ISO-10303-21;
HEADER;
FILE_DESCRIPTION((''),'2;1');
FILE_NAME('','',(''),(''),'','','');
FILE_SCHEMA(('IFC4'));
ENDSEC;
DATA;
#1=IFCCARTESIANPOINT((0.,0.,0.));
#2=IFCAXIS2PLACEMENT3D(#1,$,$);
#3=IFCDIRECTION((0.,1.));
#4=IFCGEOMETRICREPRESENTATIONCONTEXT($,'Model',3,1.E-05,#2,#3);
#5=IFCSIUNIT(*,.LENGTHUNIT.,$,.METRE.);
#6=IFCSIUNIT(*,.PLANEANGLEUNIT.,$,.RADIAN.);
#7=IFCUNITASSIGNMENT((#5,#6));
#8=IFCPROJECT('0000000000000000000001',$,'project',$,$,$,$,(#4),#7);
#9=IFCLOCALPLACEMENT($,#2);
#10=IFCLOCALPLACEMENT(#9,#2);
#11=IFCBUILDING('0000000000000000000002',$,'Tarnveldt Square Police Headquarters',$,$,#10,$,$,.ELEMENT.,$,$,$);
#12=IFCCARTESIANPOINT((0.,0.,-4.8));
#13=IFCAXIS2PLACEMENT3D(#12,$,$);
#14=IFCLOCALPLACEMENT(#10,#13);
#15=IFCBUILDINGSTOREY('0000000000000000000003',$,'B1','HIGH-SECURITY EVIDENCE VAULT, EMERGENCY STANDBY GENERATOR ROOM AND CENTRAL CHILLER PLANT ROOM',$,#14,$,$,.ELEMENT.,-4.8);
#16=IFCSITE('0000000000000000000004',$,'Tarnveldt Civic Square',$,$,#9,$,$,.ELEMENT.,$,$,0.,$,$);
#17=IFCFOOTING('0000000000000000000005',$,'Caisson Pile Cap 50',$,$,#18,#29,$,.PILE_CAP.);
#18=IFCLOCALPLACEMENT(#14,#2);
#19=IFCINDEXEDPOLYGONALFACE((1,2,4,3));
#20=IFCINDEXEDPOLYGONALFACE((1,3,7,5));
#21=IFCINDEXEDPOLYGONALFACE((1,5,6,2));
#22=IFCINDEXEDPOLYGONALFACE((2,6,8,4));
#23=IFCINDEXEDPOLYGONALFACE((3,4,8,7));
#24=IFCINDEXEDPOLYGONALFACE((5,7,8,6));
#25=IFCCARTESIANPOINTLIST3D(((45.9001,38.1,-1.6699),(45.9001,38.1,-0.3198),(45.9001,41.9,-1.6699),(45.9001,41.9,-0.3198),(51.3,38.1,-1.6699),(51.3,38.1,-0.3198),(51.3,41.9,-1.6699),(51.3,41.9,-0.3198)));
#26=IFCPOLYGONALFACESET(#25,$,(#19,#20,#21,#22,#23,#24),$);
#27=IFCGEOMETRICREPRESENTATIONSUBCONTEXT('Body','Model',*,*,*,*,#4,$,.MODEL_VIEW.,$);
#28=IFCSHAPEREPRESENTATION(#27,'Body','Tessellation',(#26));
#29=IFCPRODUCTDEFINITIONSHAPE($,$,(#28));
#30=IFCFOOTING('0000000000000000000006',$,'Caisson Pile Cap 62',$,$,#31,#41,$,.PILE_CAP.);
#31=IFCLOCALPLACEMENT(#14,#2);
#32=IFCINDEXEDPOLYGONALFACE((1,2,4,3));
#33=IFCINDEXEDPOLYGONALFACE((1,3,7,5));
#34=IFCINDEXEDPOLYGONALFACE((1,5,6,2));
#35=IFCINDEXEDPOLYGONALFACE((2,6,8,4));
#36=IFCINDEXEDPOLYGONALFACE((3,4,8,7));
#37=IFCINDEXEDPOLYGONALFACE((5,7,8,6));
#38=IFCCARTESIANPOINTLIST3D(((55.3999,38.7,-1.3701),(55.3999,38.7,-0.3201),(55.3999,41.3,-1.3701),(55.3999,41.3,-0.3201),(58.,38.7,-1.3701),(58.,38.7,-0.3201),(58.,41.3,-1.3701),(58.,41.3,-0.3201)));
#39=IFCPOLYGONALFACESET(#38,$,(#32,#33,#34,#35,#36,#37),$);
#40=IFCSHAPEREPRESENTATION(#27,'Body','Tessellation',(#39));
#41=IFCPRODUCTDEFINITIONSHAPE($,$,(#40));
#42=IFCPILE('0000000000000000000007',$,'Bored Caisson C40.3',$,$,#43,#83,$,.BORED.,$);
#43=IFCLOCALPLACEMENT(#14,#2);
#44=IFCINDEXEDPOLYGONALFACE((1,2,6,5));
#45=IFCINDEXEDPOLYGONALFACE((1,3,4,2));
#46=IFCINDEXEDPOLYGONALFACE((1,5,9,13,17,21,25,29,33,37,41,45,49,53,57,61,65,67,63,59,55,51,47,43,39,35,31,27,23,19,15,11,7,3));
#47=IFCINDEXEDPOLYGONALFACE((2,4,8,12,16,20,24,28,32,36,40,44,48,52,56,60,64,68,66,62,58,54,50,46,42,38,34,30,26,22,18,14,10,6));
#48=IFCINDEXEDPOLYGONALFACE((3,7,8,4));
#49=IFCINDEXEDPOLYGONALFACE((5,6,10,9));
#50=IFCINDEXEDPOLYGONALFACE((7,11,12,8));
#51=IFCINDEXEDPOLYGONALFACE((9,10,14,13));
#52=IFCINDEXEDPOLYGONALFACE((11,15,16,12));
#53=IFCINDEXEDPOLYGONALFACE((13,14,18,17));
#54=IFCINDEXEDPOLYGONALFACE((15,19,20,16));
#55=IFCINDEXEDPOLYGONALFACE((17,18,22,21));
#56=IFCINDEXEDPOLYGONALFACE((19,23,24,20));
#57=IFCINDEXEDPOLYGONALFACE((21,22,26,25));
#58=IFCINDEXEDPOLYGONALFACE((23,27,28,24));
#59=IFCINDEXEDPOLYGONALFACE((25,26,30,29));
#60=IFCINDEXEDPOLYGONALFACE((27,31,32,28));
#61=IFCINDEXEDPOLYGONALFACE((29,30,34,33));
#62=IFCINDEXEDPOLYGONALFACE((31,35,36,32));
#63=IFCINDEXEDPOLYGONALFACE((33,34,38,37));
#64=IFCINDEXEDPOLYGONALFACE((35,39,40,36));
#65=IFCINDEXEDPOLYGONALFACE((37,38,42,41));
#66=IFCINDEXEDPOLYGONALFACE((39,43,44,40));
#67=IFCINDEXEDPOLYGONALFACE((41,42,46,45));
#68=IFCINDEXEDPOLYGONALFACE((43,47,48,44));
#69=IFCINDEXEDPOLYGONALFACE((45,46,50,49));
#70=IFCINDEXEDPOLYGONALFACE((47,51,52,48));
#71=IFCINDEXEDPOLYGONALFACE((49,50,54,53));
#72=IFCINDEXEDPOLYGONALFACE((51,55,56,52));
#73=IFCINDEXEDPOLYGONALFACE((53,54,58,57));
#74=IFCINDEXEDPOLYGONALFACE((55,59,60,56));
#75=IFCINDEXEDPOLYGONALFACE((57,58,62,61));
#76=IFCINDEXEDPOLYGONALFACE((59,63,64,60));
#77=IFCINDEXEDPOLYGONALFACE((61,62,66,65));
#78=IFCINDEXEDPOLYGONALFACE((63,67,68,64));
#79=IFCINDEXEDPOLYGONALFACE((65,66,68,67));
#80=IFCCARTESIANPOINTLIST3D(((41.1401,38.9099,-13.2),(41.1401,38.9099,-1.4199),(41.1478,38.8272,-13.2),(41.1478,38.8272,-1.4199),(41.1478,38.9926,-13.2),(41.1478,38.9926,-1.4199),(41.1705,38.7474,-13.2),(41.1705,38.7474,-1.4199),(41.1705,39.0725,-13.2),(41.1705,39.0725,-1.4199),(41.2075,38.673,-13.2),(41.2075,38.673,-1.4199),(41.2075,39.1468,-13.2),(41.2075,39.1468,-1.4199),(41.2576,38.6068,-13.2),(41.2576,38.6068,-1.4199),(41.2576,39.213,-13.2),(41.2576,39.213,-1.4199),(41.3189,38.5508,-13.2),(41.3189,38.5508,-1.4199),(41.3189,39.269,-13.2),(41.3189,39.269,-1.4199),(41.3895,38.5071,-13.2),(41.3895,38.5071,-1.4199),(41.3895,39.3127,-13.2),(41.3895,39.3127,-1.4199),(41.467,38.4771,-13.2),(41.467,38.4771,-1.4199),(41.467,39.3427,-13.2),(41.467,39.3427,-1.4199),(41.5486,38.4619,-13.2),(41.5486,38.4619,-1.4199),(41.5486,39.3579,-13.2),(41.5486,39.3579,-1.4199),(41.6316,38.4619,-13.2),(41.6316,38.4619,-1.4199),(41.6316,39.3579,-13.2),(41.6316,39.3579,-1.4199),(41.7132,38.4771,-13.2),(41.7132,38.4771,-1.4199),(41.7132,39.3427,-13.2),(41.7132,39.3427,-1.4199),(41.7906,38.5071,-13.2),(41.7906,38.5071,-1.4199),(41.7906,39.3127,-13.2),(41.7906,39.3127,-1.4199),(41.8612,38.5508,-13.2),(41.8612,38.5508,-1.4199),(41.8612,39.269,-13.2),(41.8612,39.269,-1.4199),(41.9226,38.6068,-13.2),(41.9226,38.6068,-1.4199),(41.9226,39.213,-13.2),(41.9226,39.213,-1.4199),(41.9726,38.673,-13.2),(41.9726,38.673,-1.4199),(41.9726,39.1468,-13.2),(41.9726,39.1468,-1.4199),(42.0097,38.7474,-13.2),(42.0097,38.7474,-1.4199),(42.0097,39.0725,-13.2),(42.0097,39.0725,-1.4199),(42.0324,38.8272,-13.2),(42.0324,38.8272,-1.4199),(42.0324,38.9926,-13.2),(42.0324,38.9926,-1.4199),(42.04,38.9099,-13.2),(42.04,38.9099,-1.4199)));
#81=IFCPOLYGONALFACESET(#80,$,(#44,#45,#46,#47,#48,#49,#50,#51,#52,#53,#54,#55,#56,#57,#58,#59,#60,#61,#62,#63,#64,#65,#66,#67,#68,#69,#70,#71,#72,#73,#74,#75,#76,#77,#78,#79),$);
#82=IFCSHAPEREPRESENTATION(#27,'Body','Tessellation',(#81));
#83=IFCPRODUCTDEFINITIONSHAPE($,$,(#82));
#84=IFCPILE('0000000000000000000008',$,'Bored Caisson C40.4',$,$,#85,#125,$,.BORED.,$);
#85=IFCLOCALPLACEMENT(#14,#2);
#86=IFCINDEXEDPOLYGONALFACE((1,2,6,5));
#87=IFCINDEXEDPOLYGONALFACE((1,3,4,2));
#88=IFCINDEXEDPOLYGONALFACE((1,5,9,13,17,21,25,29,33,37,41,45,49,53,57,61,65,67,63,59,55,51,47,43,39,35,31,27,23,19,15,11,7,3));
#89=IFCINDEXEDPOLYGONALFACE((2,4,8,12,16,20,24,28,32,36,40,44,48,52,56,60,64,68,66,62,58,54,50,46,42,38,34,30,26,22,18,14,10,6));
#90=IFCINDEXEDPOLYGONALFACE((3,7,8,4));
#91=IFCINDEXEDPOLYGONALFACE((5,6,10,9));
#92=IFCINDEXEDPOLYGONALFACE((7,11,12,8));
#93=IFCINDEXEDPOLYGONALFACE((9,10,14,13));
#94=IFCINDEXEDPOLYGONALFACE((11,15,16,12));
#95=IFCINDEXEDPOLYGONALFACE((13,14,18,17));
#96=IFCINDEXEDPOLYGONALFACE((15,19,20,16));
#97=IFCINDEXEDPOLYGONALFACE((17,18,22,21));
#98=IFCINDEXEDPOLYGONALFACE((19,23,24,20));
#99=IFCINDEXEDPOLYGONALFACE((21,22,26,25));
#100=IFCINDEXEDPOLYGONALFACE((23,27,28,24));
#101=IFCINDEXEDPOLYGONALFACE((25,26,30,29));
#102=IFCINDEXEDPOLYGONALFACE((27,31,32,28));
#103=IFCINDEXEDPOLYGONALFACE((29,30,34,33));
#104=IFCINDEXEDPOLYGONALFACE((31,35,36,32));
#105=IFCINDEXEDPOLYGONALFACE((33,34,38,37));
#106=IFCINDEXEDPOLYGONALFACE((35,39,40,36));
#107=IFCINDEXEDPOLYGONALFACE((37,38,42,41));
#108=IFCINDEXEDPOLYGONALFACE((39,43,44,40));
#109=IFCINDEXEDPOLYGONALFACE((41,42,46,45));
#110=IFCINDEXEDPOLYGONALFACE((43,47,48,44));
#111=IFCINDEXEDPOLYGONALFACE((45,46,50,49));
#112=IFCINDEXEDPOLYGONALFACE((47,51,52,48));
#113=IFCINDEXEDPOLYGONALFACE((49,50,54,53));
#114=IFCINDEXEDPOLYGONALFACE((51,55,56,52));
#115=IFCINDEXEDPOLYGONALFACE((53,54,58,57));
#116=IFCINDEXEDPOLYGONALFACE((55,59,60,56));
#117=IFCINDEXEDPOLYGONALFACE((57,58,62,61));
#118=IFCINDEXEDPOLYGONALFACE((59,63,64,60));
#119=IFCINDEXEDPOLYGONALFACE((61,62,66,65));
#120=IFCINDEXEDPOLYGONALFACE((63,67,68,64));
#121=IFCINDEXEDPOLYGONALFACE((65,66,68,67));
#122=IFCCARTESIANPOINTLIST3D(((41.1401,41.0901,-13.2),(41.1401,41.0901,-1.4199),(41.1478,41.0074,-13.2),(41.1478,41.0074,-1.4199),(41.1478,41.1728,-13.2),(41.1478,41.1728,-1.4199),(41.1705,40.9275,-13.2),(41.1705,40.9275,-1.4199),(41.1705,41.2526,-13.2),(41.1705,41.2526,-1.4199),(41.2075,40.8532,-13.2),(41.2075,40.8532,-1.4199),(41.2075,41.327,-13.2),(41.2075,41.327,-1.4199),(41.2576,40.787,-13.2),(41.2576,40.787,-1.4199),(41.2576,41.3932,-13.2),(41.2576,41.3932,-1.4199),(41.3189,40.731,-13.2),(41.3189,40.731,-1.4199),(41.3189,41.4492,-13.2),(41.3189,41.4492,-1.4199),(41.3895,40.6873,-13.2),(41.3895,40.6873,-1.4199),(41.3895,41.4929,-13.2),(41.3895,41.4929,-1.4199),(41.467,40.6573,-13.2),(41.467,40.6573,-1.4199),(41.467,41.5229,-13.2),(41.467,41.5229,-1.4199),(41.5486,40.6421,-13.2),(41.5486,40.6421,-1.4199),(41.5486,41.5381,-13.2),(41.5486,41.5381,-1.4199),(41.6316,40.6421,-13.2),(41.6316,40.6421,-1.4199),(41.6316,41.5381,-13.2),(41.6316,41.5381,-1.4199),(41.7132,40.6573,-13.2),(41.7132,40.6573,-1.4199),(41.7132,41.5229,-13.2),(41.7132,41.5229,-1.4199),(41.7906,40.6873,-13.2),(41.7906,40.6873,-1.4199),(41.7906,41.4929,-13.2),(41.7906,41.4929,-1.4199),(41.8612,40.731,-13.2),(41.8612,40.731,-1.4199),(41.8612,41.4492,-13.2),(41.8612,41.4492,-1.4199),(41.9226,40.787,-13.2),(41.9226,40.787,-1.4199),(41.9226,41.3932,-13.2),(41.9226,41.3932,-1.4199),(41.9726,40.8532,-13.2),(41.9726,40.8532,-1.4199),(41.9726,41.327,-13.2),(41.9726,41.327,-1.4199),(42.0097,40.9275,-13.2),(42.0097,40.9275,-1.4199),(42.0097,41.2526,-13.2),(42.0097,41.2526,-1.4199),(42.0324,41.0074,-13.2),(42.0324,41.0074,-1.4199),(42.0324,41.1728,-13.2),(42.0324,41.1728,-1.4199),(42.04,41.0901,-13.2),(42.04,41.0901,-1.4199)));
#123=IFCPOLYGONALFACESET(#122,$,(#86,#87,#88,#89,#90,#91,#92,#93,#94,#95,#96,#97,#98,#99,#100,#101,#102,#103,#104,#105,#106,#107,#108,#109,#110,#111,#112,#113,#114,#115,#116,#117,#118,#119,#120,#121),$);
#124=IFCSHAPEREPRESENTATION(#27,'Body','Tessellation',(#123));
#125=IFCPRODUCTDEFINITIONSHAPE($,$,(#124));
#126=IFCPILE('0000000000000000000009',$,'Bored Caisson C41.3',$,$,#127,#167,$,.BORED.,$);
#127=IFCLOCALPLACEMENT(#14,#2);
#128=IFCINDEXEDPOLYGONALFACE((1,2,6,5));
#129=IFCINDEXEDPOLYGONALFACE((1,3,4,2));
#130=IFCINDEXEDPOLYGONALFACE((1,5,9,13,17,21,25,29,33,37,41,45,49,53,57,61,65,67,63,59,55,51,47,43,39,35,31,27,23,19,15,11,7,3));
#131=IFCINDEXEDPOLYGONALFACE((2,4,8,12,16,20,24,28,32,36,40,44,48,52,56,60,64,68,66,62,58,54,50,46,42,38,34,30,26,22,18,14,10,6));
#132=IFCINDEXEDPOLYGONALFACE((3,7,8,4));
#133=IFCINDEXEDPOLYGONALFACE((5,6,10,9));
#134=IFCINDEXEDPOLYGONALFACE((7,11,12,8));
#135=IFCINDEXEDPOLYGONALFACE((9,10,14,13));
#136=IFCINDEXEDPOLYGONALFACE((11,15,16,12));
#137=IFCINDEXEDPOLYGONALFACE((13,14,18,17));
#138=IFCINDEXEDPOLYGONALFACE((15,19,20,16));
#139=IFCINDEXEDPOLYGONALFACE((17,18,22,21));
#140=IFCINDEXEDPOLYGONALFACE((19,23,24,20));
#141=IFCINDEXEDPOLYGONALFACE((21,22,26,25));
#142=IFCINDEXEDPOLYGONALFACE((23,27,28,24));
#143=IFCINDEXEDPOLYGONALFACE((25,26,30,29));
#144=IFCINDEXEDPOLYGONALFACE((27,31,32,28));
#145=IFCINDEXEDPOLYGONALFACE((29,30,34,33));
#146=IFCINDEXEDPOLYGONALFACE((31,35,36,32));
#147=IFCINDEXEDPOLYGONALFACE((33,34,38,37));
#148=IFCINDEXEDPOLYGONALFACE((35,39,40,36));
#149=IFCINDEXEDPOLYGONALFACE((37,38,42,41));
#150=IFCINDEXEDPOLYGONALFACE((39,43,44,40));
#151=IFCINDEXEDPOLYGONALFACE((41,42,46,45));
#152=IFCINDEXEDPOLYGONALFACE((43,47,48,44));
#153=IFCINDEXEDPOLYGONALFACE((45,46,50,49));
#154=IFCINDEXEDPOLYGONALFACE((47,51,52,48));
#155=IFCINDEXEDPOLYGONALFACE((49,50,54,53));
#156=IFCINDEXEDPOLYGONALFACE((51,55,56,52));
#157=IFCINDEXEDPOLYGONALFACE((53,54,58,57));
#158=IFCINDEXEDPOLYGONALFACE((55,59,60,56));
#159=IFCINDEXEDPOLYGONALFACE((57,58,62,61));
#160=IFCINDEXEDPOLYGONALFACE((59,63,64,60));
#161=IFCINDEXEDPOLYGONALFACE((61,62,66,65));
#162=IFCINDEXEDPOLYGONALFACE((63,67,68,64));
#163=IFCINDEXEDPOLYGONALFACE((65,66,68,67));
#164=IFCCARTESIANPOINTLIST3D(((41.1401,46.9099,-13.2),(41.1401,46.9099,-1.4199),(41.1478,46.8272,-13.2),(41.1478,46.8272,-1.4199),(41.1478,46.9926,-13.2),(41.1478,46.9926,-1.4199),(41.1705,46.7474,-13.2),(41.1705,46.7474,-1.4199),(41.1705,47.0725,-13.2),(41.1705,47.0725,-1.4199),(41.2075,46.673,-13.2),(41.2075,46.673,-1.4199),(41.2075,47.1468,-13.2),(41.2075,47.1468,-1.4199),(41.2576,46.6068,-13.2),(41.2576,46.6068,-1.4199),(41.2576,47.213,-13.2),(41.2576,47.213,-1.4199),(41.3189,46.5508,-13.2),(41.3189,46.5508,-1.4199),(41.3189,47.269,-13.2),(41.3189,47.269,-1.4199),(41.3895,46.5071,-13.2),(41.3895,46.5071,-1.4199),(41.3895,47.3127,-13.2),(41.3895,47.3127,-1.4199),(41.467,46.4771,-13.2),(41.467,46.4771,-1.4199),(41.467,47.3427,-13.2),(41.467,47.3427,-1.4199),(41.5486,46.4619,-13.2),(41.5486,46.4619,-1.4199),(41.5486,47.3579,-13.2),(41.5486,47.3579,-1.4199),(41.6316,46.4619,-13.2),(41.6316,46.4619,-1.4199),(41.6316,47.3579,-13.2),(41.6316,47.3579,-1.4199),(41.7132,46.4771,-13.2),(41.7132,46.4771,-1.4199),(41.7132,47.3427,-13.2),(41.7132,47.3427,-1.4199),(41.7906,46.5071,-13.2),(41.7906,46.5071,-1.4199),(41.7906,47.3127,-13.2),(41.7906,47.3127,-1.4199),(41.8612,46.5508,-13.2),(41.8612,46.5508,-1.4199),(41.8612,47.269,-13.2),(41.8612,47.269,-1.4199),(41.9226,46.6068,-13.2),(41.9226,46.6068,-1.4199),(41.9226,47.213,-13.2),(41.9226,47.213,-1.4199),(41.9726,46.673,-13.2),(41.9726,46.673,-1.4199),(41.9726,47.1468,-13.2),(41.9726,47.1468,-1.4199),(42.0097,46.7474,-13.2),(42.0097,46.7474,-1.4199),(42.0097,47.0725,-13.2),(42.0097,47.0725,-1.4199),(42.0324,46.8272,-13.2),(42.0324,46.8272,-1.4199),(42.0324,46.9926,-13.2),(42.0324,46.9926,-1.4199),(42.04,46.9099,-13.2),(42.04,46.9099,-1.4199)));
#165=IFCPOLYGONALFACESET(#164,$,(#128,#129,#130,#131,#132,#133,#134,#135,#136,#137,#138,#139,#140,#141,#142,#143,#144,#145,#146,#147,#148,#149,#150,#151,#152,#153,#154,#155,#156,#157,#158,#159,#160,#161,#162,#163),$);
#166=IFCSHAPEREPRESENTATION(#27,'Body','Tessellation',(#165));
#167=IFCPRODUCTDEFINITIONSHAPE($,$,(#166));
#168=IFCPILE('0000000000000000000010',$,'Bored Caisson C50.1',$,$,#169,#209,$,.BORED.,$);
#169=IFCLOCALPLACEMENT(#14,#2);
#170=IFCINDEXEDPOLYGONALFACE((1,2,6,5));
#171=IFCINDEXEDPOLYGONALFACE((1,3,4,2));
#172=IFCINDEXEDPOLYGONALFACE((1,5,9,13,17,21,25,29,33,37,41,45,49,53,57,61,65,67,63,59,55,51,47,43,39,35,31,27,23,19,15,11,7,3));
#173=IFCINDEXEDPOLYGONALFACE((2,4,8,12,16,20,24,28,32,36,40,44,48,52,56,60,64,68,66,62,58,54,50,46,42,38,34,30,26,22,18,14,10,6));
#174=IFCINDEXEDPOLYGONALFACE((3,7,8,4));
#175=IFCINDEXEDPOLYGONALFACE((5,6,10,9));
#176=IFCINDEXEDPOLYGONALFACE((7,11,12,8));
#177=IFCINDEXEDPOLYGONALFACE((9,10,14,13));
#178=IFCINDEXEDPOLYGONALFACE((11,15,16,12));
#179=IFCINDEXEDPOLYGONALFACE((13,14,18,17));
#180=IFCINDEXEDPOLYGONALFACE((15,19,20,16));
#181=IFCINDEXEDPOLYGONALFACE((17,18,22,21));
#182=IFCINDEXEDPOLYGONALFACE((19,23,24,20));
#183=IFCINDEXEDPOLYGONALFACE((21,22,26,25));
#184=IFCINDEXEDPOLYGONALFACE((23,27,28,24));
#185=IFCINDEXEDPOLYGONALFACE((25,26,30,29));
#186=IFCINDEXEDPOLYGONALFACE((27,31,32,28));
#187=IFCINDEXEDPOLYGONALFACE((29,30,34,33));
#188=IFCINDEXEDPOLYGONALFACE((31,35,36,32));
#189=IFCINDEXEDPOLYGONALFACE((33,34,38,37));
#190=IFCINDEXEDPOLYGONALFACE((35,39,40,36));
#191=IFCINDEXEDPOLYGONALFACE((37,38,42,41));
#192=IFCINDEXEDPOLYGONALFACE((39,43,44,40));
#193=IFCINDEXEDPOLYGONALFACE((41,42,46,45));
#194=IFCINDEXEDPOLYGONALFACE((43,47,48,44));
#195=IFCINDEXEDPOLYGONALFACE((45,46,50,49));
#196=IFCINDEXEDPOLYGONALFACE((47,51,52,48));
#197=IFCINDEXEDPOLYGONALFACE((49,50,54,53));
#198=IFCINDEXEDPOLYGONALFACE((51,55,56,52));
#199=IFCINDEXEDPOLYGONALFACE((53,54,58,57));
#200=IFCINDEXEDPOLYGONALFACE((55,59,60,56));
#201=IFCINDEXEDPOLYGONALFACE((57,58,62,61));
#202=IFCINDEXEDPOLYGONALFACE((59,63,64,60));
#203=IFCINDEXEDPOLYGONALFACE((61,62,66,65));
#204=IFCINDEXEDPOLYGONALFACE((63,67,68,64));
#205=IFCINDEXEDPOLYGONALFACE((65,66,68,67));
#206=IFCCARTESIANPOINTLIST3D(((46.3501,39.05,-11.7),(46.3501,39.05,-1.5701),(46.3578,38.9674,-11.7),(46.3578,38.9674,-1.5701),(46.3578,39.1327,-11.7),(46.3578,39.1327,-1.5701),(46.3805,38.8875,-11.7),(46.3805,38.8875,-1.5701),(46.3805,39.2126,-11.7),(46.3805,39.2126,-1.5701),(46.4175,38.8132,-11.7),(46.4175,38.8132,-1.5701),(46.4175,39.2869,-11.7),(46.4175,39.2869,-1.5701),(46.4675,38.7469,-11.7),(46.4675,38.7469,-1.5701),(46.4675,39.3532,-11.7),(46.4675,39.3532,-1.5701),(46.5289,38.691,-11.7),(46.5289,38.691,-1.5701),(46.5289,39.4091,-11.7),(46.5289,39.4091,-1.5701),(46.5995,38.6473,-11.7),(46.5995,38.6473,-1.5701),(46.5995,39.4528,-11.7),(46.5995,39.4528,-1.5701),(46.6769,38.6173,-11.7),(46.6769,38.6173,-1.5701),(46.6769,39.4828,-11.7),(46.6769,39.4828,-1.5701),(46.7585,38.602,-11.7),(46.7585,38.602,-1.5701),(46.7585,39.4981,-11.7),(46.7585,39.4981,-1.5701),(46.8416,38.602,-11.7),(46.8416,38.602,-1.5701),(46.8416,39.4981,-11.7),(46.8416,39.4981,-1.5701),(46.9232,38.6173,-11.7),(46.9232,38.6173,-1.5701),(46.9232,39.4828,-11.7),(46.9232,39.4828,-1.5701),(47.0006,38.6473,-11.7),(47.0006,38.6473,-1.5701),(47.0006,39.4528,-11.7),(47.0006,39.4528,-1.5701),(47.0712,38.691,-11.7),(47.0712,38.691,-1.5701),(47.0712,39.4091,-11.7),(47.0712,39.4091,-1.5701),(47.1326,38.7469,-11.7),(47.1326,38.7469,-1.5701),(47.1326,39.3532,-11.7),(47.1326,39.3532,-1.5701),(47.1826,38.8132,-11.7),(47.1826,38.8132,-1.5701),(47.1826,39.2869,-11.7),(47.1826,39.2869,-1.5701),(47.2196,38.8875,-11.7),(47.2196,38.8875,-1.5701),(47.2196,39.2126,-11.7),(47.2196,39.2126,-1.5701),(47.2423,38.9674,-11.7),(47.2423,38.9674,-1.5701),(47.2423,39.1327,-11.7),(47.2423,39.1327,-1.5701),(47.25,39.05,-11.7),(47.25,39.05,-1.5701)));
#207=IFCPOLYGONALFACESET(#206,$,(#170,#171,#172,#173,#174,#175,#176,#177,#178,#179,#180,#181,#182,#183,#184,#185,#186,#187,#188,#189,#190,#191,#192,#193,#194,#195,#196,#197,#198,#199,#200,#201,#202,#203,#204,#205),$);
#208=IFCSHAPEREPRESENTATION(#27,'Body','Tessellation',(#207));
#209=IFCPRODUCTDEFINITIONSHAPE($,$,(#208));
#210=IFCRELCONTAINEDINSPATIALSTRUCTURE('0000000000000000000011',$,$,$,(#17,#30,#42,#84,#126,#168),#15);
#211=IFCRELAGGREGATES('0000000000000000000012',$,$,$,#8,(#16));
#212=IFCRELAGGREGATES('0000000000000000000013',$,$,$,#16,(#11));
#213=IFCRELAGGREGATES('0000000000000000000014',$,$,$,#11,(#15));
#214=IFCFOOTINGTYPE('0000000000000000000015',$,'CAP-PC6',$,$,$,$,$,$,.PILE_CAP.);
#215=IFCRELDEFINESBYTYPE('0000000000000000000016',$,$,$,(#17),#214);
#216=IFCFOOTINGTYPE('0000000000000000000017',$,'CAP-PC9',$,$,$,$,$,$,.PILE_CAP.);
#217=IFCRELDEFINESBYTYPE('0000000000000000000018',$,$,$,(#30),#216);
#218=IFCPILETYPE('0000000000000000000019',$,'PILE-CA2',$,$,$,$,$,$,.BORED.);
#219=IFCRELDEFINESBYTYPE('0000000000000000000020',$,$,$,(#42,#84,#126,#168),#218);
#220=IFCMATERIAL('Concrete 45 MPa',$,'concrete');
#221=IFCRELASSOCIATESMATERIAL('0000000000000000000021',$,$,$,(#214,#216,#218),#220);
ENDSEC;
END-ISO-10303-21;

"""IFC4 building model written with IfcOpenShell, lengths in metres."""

from ifc_helpers import new_model, si_unit, direction, frame, origin, origin_2d, place, context, subcontext, project, spatial, rectangle, circle, extrude, material, material_profile, profile_set, type_object, element, save


model = new_model("IFC4")

# Units and contexts
model_context = context("Model", 3, precision=1e-05, world=origin(), true_north=direction((0.0, 1.0)))
body_context = subcontext(model_context, "Body", "Model", "MODEL_VIEW")
ifc_project = project(units=[si_unit("LENGTHUNIT", "METRE"), si_unit("PLANEANGLEUNIT", "RADIAN")], contexts=[model_context])

# Site, building, storey
site_placement = place(None, origin())
site = spatial("IfcSite", under=ifc_project, at=site_placement, Name="Tarnveldt Civic Square", CompositionType="ELEMENT", RefElevation=0.0)
building_placement = place(site_placement, origin())
building = spatial("IfcBuilding", under=site, at=building_placement, Name="Tarnveldt Square Police Headquarters", CompositionType="ELEMENT")
storey_placement = place(building_placement, frame((0.0, 0.0, -4.8)))
storey = spatial("IfcBuildingStorey", under=building, at=storey_placement, Name="B1", Description="HIGH-SECURITY EVIDENCE VAULT, EMERGENCY STANDBY GENERATOR ROOM AND CENTRAL CHILLER PLANT ROOM", CompositionType="ELEMENT", Elevation=-4.8)

# Footings
ifc_material_1 = material(Name="Concrete 45 MPa", Category="concrete")
footing_type_1 = type_object("IfcFootingType", Name="CAP-PC6", PredefinedType="PILE_CAP", material=ifc_material_1)
footing_1_placement = place(storey_placement, frame((48.6001, 40.0, -1.6699), z_axis=(0.0, 0.0, 1.0), x_axis=(1.0, 0.0, 0.0)))
element("IfcFooting", 1, at=footing_1_placement, inside=storey, type_object=footing_type_1, Name="Caisson Pile Cap 50", PredefinedType="PILE_CAP", context=body_context, shape_type="SweptSolid", body=[
    extrude(rectangle(XDim=5.3999, YDim=3.8, at=origin_2d()), origin(), (0.0, 0.0, 1.0), 1.3501),
])
footing_type_2 = type_object("IfcFootingType", Name="CAP-PC9", PredefinedType="PILE_CAP", material=ifc_material_1)
footing_2_placement = place(storey_placement, frame((56.7, 40.0, -1.3701), z_axis=(0.0, 0.0, 1.0), x_axis=(1.0, 0.0, 0.0)))
element("IfcFooting", 2, at=footing_2_placement, inside=storey, type_object=footing_type_2, Name="Caisson Pile Cap 62", PredefinedType="PILE_CAP", context=body_context, shape_type="SweptSolid", body=[
    extrude(rectangle(XDim=2.6001, YDim=2.6001, at=origin_2d()), origin(), (0.0, 0.0, 1.0), 1.05),
])

# Piles
ifc_material_profile_1 = material_profile(ifc_material_1, circle(Radius=0.45, at=origin_2d()), Name="CAISSON-D900")
ifc_profile_set_1 = profile_set([ifc_material_profile_1], Name="Concrete 45 MPa")
pile_type = type_object("IfcPileType", Name="PILE-CA2", PredefinedType="BORED", material=ifc_profile_set_1)
for number, where, z_axis, x_axis, name in (
    (3, (41.5901, 38.9099, -1.4199), (0.0, 0.0, -1.0), (1.0, 0.0, 0.0), "Bored Caisson C40.3"),
    (4, (41.5901, 41.0901, -1.4199), (0.0, 0.0, -1.0), (1.0, 0.0, 0.0), "Bored Caisson C40.4"),
    (5, (41.5901, 46.9099, -1.4199), (0.0, 0.0, -1.0), (1.0, 0.0, 0.0), "Bored Caisson C41.3"),
):
    element("IfcPile", number, at=place(storey_placement, frame(where, z_axis=z_axis, x_axis=x_axis)), inside=storey, type_object=pile_type, Name=name, PredefinedType="BORED", context=body_context, shape_type="SweptSolid", body=[
        extrude(circle(Radius=0.45, at=origin_2d()), origin(), (0.0, 0.0, 1.0), 11.78),
    ])
for number, where, z_axis, x_axis, name in (
    (6, (46.8, 39.05, -1.5701), (0.0, 0.0, -1.0), (1.0, 0.0, 0.0), "Bored Caisson C50.1"),
):
    element("IfcPile", number, at=place(storey_placement, frame(where, z_axis=z_axis, x_axis=x_axis)), inside=storey, type_object=pile_type, Name=name, PredefinedType="BORED", context=body_context, shape_type="SweptSolid", body=[
        extrude(circle(Radius=0.45, at=origin_2d()), origin(), (0.0, 0.0, 1.0), 10.1299),
    ])

save(model, "model.ifc")
